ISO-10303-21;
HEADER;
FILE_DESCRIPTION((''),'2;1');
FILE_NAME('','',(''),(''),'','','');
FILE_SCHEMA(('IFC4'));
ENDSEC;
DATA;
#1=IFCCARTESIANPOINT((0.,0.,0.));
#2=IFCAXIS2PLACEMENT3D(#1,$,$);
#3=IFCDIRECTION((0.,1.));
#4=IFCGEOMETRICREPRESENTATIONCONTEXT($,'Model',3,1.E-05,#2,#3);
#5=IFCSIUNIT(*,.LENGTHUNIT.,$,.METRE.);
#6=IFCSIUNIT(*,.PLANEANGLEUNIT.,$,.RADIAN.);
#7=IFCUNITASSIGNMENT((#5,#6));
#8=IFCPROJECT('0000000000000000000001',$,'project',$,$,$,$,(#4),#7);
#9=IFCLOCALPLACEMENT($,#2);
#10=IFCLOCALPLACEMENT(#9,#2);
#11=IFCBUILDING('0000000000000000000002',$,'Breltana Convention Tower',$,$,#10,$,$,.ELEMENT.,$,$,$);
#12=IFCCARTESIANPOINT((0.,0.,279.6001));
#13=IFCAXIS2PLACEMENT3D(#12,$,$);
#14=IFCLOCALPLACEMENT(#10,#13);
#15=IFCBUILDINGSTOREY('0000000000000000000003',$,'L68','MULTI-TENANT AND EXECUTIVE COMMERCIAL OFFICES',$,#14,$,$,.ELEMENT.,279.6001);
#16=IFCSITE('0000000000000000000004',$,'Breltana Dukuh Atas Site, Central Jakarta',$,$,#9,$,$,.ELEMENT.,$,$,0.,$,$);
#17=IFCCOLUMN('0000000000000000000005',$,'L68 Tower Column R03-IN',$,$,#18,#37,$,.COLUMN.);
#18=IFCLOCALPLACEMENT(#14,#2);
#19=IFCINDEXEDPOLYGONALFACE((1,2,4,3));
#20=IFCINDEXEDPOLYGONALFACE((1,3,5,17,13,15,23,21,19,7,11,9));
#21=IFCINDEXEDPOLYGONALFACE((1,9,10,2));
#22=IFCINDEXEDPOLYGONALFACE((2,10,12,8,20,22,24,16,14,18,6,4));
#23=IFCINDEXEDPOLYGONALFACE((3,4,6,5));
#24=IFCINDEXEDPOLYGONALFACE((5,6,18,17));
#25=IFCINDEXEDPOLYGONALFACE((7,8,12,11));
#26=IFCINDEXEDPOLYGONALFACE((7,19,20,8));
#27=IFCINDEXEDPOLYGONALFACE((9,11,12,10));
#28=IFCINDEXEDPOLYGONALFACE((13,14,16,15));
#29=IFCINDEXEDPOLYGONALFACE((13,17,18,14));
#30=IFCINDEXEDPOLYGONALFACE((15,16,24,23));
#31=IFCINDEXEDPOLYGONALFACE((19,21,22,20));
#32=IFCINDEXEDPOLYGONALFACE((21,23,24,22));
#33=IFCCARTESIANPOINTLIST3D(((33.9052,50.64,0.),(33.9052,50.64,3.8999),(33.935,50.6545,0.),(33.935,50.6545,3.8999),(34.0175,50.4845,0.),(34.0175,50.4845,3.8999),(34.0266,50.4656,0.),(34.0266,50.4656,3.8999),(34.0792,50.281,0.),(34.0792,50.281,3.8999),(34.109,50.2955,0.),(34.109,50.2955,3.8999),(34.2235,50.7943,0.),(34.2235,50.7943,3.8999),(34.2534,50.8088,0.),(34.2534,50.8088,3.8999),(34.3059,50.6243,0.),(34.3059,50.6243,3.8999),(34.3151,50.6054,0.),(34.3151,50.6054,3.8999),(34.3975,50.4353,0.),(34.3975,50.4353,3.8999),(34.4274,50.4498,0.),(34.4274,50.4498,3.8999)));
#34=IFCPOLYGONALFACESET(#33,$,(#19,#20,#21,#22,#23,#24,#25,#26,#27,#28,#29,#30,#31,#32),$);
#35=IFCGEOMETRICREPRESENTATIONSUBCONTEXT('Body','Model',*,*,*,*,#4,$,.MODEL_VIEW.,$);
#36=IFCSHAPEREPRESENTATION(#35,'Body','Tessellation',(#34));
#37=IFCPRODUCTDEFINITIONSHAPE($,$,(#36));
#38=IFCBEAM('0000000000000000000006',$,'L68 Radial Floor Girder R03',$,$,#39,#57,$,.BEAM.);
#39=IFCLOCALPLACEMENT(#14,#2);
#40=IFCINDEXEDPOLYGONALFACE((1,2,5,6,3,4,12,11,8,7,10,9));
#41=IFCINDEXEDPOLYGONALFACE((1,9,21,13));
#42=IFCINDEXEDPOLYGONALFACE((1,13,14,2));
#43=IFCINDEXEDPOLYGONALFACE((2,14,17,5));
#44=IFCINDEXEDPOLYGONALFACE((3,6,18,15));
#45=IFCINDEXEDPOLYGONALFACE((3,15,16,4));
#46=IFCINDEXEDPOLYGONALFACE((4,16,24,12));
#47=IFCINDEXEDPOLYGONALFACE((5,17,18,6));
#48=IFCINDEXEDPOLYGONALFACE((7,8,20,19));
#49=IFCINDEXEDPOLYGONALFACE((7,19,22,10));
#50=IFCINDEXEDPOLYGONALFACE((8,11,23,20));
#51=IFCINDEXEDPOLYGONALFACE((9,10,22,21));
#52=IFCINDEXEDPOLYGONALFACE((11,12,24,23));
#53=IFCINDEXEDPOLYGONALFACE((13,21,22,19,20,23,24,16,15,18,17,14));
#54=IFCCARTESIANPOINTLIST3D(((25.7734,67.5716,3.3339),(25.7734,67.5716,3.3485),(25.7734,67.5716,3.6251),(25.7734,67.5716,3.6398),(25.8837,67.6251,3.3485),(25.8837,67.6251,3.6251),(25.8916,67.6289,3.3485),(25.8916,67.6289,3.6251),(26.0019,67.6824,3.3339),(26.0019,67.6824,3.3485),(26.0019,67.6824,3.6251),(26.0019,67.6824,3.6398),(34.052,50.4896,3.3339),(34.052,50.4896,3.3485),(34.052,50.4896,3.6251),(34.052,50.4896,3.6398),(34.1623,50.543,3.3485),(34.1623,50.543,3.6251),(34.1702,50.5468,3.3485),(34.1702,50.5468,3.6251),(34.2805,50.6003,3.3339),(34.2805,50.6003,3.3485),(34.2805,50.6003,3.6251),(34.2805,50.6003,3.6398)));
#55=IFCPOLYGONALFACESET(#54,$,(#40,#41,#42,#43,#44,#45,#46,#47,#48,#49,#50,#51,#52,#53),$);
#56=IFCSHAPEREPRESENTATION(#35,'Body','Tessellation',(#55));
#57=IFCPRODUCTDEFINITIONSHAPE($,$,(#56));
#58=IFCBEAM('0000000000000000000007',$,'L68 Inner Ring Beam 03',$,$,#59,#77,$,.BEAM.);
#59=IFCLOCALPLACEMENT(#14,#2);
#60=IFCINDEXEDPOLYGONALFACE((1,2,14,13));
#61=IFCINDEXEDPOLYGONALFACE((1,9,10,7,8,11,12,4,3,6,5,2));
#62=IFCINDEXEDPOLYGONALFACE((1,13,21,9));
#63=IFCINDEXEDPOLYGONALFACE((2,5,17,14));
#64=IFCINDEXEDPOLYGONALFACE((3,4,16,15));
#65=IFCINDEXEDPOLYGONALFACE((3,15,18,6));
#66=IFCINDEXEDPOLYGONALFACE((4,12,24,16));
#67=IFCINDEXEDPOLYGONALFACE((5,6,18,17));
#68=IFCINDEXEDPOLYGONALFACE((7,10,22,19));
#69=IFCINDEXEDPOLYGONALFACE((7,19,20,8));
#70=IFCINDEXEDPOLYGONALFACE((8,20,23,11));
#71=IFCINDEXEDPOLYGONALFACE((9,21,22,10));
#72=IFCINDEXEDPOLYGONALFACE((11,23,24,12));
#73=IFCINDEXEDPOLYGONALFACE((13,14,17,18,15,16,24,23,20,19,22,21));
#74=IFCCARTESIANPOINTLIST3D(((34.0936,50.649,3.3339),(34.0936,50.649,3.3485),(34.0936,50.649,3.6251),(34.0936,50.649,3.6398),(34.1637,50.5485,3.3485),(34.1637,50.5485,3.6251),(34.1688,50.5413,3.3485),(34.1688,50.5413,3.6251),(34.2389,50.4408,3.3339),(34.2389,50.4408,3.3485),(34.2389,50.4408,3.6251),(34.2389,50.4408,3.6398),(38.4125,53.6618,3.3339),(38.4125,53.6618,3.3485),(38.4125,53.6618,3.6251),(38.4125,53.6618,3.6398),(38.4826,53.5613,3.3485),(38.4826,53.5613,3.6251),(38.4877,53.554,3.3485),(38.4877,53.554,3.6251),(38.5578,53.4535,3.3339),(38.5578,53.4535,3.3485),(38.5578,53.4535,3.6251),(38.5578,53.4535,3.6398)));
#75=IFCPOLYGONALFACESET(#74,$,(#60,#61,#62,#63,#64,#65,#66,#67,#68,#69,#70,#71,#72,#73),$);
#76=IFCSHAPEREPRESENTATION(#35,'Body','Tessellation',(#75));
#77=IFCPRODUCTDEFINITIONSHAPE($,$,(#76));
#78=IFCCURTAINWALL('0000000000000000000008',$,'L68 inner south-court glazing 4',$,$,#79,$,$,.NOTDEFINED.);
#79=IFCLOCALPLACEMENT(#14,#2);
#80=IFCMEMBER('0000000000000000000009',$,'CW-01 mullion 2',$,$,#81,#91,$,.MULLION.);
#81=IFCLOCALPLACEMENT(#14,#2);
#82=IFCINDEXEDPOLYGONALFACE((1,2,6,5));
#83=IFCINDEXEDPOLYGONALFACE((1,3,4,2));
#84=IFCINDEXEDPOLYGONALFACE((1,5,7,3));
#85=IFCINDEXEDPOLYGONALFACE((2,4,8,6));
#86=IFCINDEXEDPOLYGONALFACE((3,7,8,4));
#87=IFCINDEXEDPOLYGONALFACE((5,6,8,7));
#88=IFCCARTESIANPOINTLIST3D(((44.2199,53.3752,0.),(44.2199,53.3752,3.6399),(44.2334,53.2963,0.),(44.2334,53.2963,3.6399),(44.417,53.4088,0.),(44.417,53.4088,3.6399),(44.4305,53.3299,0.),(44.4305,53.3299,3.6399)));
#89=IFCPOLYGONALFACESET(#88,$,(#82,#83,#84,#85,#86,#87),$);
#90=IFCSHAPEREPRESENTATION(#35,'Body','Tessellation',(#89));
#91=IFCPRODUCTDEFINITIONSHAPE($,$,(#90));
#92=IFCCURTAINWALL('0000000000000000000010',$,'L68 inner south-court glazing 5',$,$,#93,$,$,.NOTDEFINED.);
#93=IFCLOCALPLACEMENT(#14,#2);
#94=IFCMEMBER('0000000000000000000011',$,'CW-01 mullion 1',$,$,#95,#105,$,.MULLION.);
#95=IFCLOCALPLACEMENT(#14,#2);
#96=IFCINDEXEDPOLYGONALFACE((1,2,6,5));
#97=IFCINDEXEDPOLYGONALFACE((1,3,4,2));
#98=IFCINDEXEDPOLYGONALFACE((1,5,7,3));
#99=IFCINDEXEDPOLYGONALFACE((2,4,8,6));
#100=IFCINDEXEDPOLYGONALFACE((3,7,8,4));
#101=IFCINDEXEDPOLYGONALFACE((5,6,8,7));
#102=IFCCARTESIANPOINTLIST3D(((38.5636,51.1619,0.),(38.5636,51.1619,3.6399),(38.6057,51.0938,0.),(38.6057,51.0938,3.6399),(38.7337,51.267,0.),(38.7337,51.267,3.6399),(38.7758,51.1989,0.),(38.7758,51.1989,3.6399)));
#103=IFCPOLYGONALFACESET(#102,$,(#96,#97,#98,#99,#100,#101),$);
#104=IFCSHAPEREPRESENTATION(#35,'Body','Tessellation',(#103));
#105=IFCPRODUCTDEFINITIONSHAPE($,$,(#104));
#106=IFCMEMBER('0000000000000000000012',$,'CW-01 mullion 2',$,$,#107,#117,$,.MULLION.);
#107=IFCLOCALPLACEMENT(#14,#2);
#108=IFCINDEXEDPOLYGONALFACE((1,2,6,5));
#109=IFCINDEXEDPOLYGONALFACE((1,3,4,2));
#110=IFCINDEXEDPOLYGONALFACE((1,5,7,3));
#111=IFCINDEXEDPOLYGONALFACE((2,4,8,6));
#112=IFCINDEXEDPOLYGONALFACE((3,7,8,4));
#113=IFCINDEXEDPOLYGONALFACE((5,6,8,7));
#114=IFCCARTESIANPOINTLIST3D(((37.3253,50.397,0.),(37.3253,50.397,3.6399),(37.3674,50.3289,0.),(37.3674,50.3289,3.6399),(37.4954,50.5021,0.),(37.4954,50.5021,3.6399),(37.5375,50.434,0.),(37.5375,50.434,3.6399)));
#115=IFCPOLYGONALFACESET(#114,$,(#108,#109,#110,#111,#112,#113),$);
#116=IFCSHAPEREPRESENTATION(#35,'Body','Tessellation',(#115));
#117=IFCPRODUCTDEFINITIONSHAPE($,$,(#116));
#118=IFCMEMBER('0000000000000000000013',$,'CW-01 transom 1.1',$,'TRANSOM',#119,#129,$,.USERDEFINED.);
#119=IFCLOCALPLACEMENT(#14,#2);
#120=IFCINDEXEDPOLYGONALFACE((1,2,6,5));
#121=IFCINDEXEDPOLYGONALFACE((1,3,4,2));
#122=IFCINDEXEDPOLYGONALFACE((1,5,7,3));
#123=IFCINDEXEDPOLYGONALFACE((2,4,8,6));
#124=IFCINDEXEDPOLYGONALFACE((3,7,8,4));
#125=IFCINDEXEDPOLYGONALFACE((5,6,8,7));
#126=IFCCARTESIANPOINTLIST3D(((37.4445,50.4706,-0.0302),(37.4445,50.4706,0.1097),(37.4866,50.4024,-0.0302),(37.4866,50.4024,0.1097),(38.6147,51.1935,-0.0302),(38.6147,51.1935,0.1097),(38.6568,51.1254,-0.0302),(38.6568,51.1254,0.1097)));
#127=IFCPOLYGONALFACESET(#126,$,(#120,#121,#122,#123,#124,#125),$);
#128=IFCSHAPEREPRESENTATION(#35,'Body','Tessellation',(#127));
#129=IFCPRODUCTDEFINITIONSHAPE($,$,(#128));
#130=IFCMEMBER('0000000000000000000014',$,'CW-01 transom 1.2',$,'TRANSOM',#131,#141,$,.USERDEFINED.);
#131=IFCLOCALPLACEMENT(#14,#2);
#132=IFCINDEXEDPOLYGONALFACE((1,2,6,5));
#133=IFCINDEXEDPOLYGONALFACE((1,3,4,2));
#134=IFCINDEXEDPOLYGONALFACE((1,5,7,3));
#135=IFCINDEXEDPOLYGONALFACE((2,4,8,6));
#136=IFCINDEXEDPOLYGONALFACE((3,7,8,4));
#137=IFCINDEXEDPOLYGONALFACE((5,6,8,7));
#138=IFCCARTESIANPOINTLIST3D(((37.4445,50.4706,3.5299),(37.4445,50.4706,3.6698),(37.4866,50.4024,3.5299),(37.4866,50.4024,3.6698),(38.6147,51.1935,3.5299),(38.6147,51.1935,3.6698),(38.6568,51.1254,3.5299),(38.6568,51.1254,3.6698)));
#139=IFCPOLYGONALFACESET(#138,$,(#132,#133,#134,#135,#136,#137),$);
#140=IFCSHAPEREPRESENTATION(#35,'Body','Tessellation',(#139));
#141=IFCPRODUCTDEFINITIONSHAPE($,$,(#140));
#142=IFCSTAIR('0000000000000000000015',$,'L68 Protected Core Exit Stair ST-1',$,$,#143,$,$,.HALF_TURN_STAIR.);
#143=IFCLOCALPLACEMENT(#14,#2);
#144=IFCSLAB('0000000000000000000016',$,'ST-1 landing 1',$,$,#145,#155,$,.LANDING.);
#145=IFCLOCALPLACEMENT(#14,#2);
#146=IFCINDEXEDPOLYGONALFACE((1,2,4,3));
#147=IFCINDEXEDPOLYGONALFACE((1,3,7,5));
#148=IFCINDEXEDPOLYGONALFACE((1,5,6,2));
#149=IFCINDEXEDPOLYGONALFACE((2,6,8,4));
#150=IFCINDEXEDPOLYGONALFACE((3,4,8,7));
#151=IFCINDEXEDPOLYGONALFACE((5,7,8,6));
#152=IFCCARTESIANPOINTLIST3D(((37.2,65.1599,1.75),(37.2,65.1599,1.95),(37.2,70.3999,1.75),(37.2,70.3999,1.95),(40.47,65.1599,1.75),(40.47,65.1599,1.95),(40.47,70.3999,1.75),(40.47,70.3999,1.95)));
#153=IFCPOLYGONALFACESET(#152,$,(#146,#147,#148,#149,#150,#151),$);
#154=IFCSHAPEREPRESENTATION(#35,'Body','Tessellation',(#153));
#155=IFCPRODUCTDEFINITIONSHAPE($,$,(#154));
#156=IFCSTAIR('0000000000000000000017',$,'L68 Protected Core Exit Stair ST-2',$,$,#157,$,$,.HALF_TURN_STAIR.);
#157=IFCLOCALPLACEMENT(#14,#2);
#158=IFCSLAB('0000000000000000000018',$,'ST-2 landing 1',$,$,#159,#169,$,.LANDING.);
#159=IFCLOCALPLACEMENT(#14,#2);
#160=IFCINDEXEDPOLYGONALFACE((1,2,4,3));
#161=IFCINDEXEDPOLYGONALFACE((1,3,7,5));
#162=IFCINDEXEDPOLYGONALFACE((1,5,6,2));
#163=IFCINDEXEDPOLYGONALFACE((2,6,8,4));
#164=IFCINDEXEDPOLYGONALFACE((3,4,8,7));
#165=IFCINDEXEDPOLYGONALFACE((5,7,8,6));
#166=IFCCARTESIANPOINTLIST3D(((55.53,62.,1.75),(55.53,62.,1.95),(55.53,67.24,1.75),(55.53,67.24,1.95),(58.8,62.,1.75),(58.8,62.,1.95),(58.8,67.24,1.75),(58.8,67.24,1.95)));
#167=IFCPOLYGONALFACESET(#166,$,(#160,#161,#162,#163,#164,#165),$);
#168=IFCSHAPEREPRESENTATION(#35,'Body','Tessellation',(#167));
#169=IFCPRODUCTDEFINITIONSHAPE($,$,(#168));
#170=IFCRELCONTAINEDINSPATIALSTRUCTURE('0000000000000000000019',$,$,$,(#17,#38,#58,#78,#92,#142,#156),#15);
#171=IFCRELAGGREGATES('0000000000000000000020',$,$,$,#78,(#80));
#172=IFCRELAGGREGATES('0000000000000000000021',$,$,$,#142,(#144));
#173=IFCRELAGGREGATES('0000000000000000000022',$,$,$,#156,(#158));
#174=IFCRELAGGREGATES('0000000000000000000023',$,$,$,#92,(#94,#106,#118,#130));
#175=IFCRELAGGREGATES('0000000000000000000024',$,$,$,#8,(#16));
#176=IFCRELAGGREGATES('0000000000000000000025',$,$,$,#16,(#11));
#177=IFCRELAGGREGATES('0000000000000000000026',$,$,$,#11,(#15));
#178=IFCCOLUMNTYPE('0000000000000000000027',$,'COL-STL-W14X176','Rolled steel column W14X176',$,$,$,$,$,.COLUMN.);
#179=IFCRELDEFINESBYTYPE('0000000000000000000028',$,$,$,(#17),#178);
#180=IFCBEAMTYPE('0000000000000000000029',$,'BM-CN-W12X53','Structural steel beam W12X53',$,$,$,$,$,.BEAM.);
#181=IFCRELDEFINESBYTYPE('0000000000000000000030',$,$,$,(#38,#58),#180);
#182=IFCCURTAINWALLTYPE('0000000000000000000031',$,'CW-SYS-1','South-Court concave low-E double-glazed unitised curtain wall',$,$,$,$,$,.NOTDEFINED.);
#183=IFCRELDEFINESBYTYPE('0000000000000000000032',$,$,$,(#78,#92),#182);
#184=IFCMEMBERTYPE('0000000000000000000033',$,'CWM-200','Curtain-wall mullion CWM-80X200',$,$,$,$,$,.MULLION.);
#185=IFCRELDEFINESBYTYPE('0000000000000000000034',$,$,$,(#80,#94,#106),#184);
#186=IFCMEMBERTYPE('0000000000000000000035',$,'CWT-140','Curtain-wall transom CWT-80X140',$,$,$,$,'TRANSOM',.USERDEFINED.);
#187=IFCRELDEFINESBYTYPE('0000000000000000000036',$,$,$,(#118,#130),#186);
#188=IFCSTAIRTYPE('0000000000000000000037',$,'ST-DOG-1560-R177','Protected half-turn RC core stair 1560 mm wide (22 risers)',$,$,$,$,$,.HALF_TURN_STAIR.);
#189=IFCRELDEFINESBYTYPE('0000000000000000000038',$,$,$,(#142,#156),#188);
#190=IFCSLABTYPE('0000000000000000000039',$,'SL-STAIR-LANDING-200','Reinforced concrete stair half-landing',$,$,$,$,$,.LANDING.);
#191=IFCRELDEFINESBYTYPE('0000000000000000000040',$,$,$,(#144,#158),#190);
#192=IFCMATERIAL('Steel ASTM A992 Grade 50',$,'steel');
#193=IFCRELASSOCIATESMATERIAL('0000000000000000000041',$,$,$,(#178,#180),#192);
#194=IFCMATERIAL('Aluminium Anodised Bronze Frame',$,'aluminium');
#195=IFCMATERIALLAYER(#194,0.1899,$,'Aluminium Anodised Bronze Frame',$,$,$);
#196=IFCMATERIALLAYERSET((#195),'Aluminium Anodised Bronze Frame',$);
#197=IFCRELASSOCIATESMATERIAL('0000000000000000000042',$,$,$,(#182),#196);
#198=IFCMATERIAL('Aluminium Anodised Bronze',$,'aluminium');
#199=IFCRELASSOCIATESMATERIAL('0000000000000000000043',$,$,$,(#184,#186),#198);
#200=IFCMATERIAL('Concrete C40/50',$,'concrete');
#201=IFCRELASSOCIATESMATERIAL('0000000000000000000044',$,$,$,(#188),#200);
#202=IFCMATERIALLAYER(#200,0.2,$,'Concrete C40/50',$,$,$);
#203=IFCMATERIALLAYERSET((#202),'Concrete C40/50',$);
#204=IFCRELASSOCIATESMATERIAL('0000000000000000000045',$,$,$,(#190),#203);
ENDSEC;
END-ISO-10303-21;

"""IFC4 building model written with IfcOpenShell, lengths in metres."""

from ifc_helpers import new_model, si_unit, direction, frame, origin, origin_2d, place, context, subcontext, project, spatial, polyline, rectangle, i_section, outline, extrude, source, transform, mapped, material, layer, layer_set, material_profile, profile_set, type_object, type_shapes, element, aggregate, save


model = new_model("IFC4")

# Units and contexts
model_context = context("Model", 3, precision=1e-05, world=origin(), true_north=direction((0.0, 1.0)))
body_context = subcontext(model_context, "Body", "Model", "MODEL_VIEW")
ifc_project = project(units=[si_unit("LENGTHUNIT", "METRE"), si_unit("PLANEANGLEUNIT", "RADIAN")], contexts=[model_context])

# Site, building, storey
site_placement = place(None, origin())
site = spatial("IfcSite", under=ifc_project, at=site_placement, Name="Breltana Dukuh Atas Site, Central Jakarta", CompositionType="ELEMENT", RefElevation=0.0)
building_placement = place(site_placement, origin())
building = spatial("IfcBuilding", under=site, at=building_placement, Name="Breltana Convention Tower", CompositionType="ELEMENT")
storey_placement = place(building_placement, frame((0.0, 0.0, 279.6001)))
storey = spatial("IfcBuildingStorey", under=building, at=storey_placement, Name="L68", Description="MULTI-TENANT AND EXECUTIVE COMMERCIAL OFFICES", CompositionType="ELEMENT", Elevation=279.6001)

# Column
ifc_material_1 = material(Name="Steel ASTM A992 Grade 50", Category="steel")
ifc_material_profile_1 = material_profile(ifc_material_1, i_section(OverallWidth=0.3989, OverallDepth=0.387, WebThickness=0.021, FlangeThickness=0.0332, at=origin_2d()), Name="W14X176")
ifc_profile_set_1 = profile_set([ifc_material_profile_1], Name="Steel ASTM A992 Grade 50")
column_type = type_object("IfcColumnType", Name="COL-STL-W14X176", Description="Rolled steel column W14X176", PredefinedType="COLUMN", material=ifc_profile_set_1)
shared_shape_1 = source(origin(), body_context, "Body", "SweptSolid", [
    extrude(i_section(OverallWidth=0.3989, OverallDepth=0.387, WebThickness=0.021, FlangeThickness=0.0332, at=origin_2d()), origin(), (0.0, 0.0, 1.0), 3.8999),
])
type_shapes(column_type, [shared_shape_1])
column_placement = place(storey_placement, frame((34.1663, 50.5449, 0.0), z_axis=(0.0, 0.0, 1.0), x_axis=(-0.436174, 0.899863, 0.0)))
element("IfcColumn", 1, at=column_placement, inside=storey, type_object=column_type, Name="L68 Tower Column R03-IN", PredefinedType="COLUMN", context=body_context, shape_type="MappedRepresentation", body=[
    mapped(shared_shape_1, transform((0.0, 0.0, 0.0), scale=1.0)),
])

# Beams
ifc_material_profile_2 = material_profile(ifc_material_1, i_section(OverallWidth=0.2539, OverallDepth=0.3059, WebThickness=0.0088, FlangeThickness=0.0146, at=origin_2d()), Name="W12X53")
ifc_profile_set_2 = profile_set([ifc_material_profile_2], Name="Steel ASTM A992 Grade 50")
beam_type = type_object("IfcBeamType", Name="BM-CN-W12X53", Description="Structural steel beam W12X53", PredefinedType="BEAM", material=ifc_profile_set_2)
shared_shape_2 = source(origin(), body_context, "Body", "SweptSolid", [
    extrude(i_section(OverallWidth=0.2539, OverallDepth=0.3059, WebThickness=0.0088, FlangeThickness=0.0146, at=origin_2d()), origin(), (0.0, 0.0, 1.0), 18.9824),
])
beam_1_placement = place(storey_placement, frame((34.1663, 50.5449, 3.4868), z_axis=(-0.436119, 0.899889, 0.0), x_axis=(-0.899889, -0.436119, 0.0)))
element("IfcBeam", 2, at=beam_1_placement, inside=storey, type_object=beam_type, Name="L68 Radial Floor Girder R03", PredefinedType="BEAM", context=body_context, shape_type="MappedRepresentation", body=[
    mapped(shared_shape_2, transform((0.0, 0.0, 0.0), scale=1.0)),
])
shared_shape_3 = source(origin(), body_context, "Body", "SweptSolid", [
    extrude(i_section(OverallWidth=0.2539, OverallDepth=0.3059, WebThickness=0.0088, FlangeThickness=0.0146, at=origin_2d()), origin(), (0.0, 0.0, 1.0), 5.2659),
])
beam_2_placement = place(storey_placement, frame((34.1663, 50.5449, 3.4868), z_axis=(0.820167, 0.572124, 0.0), x_axis=(-0.572124, 0.820167, 0.0)))
element("IfcBeam", 3, at=beam_2_placement, inside=storey, type_object=beam_type, Name="L68 Inner Ring Beam 03", PredefinedType="BEAM", context=body_context, shape_type="MappedRepresentation", body=[
    mapped(shared_shape_3, transform((0.0, 0.0, 0.0), scale=1.0)),
])

# Curtain wall, member
ifc_material_2 = material(Name="Aluminium Anodised Bronze Frame", Category="aluminium")
ifc_layer_1 = layer(ifc_material_2, 0.1899, Name="Aluminium Anodised Bronze Frame")
ifc_layer_set_1 = layer_set([ifc_layer_1], Name="Aluminium Anodised Bronze Frame")
curtain_wall_type = type_object("IfcCurtainWallType", Name="CW-SYS-1", Description="South-Court concave low-E double-glazed unitised curtain wall", PredefinedType="NOTDEFINED", material=ifc_layer_set_1)
curtain_wall_1_placement = place(storey_placement, origin())
curtain_wall_1 = element("IfcCurtainWall", 4, at=curtain_wall_1_placement, inside=storey, type_object=curtain_wall_type, Name="L68 inner south-court glazing 4", PredefinedType="NOTDEFINED")
ifc_material_3 = material(Name="Aluminium Anodised Bronze", Category="aluminium")
ifc_material_profile_3 = material_profile(ifc_material_3, rectangle(XDim=0.0801, YDim=0.2, at=origin_2d()), Name="CWM-80X200")
ifc_profile_set_3 = profile_set([ifc_material_profile_3], Name="Aluminium Anodised Bronze")
member_type_1 = type_object("IfcMemberType", Name="CWM-200", Description="Curtain-wall mullion CWM-80X200", PredefinedType="MULLION", material=ifc_profile_set_3)
shared_shape_4 = source(origin(), body_context, "Body", "SweptSolid", [
    extrude(rectangle(XDim=0.0801, YDim=0.2, at=origin_2d()), origin(), (0.0, 0.0, 1.0), 3.6399),
])
member_1_placement = place(storey_placement, frame((44.3252, 53.3525, 0.0), z_axis=(0.0, 0.0, 1.0), x_axis=(0.168028, -0.985782, 0.0)))
member_1 = element("IfcMember", 5, at=member_1_placement, type_object=member_type_1, Name="CW-01 mullion 2", PredefinedType="MULLION", context=body_context, shape_type="MappedRepresentation", body=[
    mapped(shared_shape_4, transform((0.0, 0.0, 0.0), scale=1.0)),
])
aggregate(curtain_wall_1, [member_1])

# Curtain wall, members
curtain_wall_2_placement = place(storey_placement, origin())
curtain_wall_2 = element("IfcCurtainWall", 6, at=curtain_wall_2_placement, inside=storey, type_object=curtain_wall_type, Name="L68 inner south-court glazing 5", PredefinedType="NOTDEFINED")
member_2_placement = place(storey_placement, frame((38.6697, 51.1804, 0.0), z_axis=(0.0, 0.0, 1.0), x_axis=(0.525572, -0.850749, 0.0)))
member_2 = element("IfcMember", 7, at=member_2_placement, type_object=member_type_1, Name="CW-01 mullion 1", PredefinedType="MULLION", context=body_context, shape_type="MappedRepresentation", body=[
    mapped(shared_shape_4, transform((0.0, 0.0, 0.0), scale=1.0)),
])
member_3_placement = place(storey_placement, frame((37.4314, 50.4155, 0.0), z_axis=(0.0, 0.0, 1.0), x_axis=(0.525572, -0.850749, 0.0)))
member_3 = element("IfcMember", 8, at=member_3_placement, type_object=member_type_1, Name="CW-01 mullion 2", PredefinedType="MULLION", context=body_context, shape_type="MappedRepresentation", body=[
    mapped(shared_shape_4, transform((0.0, 0.0, 0.0), scale=1.0)),
])
ifc_material_profile_4 = material_profile(ifc_material_3, rectangle(XDim=0.0801, YDim=0.1399, at=origin_2d()), Name="CWT-80X140")
ifc_profile_set_4 = profile_set([ifc_material_profile_4], Name="Aluminium Anodised Bronze")
member_type_2 = type_object("IfcMemberType", Name="CWT-140", Description="Curtain-wall transom CWT-80X140", ElementType="TRANSOM", PredefinedType="USERDEFINED", material=ifc_profile_set_4)
shared_shape_5 = source(origin(), body_context, "Body", "SweptSolid", [
    extrude(rectangle(XDim=0.0801, YDim=0.1399, at=origin_2d()), origin(), (0.0, 0.0, 1.0), 1.3755),
])
member_4_placement = place(storey_placement, frame((38.6357, 51.1594, 0.0398), z_axis=(-0.850749, -0.525572, 0.0), x_axis=(0.525572, -0.850749, 0.0)))
member_4 = element("IfcMember", 9, at=member_4_placement, type_object=member_type_2, Name="CW-01 transom 1.1", ObjectType="TRANSOM", PredefinedType="USERDEFINED", context=body_context, shape_type="MappedRepresentation", body=[
    mapped(shared_shape_5, transform((0.0, 0.0, 0.0), scale=1.0)),
])
member_5_placement = place(storey_placement, frame((38.6357, 51.1594, 3.5999), z_axis=(-0.850749, -0.525572, 0.0), x_axis=(0.525572, -0.850749, 0.0)))
member_5 = element("IfcMember", 10, at=member_5_placement, type_object=member_type_2, Name="CW-01 transom 1.2", ObjectType="TRANSOM", PredefinedType="USERDEFINED", context=body_context, shape_type="MappedRepresentation", body=[
    mapped(shared_shape_5, transform((0.0, 0.0, 0.0), scale=1.0)),
])

# Stairs, slabs
ifc_material_4 = material(Name="Concrete C40/50", Category="concrete")
stair_type = type_object("IfcStairType", Name="ST-DOG-1560-R177", Description="Protected half-turn RC core stair 1560 mm wide (22 risers)", PredefinedType="HALF_TURN_STAIR", material=ifc_material_4)
stair_1_placement = place(storey_placement, origin())
stair_1 = element("IfcStair", 11, at=stair_1_placement, inside=storey, type_object=stair_type, Name="L68 Protected Core Exit Stair ST-1", PredefinedType="HALF_TURN_STAIR")
ifc_layer_2 = layer(ifc_material_4, 0.2, Name="Concrete C40/50")
ifc_layer_set_2 = layer_set([ifc_layer_2], Name="Concrete C40/50")
slab_type_1 = type_object("IfcSlabType", Name="SL-STAIR-LANDING-200", Description="Reinforced concrete stair half-landing", PredefinedType="LANDING", material=ifc_layer_set_2)
slab_1_placement = place(storey_placement, frame((0.0, 0.0, 1.75)))
slab_1 = element("IfcSlab", 12, at=slab_1_placement, type_object=slab_type_1, Name="ST-1 landing 1", PredefinedType="LANDING", context=body_context, shape_type="SweptSolid", body=[
    extrude(outline(polyline([(40.47, 65.1599), (40.47, 70.3999), (37.2, 70.3999), (37.2, 65.1599), (40.47, 65.1599)])), origin(), (0.0, 0.0, 1.0), 0.2),
])
aggregate(stair_1, [slab_1])
stair_2_placement = place(storey_placement, origin())
stair_2 = element("IfcStair", 13, at=stair_2_placement, inside=storey, type_object=stair_type, Name="L68 Protected Core Exit Stair ST-2", PredefinedType="HALF_TURN_STAIR")
slab_2_placement = place(storey_placement, frame((0.0, 0.0, 1.75)))
slab_2 = element("IfcSlab", 14, at=slab_2_placement, type_object=slab_type_1, Name="ST-2 landing 1", PredefinedType="LANDING", context=body_context, shape_type="SweptSolid", body=[
    extrude(outline(polyline([(55.53, 67.24), (55.53, 62.0), (58.8, 62.0), (58.8, 67.24), (55.53, 67.24)])), origin(), (0.0, 0.0, 1.0), 0.2),
])
aggregate(stair_2, [slab_2])

aggregate(curtain_wall_2, [member_2, member_3, member_4, member_5])

save(model, "model.ifc")
